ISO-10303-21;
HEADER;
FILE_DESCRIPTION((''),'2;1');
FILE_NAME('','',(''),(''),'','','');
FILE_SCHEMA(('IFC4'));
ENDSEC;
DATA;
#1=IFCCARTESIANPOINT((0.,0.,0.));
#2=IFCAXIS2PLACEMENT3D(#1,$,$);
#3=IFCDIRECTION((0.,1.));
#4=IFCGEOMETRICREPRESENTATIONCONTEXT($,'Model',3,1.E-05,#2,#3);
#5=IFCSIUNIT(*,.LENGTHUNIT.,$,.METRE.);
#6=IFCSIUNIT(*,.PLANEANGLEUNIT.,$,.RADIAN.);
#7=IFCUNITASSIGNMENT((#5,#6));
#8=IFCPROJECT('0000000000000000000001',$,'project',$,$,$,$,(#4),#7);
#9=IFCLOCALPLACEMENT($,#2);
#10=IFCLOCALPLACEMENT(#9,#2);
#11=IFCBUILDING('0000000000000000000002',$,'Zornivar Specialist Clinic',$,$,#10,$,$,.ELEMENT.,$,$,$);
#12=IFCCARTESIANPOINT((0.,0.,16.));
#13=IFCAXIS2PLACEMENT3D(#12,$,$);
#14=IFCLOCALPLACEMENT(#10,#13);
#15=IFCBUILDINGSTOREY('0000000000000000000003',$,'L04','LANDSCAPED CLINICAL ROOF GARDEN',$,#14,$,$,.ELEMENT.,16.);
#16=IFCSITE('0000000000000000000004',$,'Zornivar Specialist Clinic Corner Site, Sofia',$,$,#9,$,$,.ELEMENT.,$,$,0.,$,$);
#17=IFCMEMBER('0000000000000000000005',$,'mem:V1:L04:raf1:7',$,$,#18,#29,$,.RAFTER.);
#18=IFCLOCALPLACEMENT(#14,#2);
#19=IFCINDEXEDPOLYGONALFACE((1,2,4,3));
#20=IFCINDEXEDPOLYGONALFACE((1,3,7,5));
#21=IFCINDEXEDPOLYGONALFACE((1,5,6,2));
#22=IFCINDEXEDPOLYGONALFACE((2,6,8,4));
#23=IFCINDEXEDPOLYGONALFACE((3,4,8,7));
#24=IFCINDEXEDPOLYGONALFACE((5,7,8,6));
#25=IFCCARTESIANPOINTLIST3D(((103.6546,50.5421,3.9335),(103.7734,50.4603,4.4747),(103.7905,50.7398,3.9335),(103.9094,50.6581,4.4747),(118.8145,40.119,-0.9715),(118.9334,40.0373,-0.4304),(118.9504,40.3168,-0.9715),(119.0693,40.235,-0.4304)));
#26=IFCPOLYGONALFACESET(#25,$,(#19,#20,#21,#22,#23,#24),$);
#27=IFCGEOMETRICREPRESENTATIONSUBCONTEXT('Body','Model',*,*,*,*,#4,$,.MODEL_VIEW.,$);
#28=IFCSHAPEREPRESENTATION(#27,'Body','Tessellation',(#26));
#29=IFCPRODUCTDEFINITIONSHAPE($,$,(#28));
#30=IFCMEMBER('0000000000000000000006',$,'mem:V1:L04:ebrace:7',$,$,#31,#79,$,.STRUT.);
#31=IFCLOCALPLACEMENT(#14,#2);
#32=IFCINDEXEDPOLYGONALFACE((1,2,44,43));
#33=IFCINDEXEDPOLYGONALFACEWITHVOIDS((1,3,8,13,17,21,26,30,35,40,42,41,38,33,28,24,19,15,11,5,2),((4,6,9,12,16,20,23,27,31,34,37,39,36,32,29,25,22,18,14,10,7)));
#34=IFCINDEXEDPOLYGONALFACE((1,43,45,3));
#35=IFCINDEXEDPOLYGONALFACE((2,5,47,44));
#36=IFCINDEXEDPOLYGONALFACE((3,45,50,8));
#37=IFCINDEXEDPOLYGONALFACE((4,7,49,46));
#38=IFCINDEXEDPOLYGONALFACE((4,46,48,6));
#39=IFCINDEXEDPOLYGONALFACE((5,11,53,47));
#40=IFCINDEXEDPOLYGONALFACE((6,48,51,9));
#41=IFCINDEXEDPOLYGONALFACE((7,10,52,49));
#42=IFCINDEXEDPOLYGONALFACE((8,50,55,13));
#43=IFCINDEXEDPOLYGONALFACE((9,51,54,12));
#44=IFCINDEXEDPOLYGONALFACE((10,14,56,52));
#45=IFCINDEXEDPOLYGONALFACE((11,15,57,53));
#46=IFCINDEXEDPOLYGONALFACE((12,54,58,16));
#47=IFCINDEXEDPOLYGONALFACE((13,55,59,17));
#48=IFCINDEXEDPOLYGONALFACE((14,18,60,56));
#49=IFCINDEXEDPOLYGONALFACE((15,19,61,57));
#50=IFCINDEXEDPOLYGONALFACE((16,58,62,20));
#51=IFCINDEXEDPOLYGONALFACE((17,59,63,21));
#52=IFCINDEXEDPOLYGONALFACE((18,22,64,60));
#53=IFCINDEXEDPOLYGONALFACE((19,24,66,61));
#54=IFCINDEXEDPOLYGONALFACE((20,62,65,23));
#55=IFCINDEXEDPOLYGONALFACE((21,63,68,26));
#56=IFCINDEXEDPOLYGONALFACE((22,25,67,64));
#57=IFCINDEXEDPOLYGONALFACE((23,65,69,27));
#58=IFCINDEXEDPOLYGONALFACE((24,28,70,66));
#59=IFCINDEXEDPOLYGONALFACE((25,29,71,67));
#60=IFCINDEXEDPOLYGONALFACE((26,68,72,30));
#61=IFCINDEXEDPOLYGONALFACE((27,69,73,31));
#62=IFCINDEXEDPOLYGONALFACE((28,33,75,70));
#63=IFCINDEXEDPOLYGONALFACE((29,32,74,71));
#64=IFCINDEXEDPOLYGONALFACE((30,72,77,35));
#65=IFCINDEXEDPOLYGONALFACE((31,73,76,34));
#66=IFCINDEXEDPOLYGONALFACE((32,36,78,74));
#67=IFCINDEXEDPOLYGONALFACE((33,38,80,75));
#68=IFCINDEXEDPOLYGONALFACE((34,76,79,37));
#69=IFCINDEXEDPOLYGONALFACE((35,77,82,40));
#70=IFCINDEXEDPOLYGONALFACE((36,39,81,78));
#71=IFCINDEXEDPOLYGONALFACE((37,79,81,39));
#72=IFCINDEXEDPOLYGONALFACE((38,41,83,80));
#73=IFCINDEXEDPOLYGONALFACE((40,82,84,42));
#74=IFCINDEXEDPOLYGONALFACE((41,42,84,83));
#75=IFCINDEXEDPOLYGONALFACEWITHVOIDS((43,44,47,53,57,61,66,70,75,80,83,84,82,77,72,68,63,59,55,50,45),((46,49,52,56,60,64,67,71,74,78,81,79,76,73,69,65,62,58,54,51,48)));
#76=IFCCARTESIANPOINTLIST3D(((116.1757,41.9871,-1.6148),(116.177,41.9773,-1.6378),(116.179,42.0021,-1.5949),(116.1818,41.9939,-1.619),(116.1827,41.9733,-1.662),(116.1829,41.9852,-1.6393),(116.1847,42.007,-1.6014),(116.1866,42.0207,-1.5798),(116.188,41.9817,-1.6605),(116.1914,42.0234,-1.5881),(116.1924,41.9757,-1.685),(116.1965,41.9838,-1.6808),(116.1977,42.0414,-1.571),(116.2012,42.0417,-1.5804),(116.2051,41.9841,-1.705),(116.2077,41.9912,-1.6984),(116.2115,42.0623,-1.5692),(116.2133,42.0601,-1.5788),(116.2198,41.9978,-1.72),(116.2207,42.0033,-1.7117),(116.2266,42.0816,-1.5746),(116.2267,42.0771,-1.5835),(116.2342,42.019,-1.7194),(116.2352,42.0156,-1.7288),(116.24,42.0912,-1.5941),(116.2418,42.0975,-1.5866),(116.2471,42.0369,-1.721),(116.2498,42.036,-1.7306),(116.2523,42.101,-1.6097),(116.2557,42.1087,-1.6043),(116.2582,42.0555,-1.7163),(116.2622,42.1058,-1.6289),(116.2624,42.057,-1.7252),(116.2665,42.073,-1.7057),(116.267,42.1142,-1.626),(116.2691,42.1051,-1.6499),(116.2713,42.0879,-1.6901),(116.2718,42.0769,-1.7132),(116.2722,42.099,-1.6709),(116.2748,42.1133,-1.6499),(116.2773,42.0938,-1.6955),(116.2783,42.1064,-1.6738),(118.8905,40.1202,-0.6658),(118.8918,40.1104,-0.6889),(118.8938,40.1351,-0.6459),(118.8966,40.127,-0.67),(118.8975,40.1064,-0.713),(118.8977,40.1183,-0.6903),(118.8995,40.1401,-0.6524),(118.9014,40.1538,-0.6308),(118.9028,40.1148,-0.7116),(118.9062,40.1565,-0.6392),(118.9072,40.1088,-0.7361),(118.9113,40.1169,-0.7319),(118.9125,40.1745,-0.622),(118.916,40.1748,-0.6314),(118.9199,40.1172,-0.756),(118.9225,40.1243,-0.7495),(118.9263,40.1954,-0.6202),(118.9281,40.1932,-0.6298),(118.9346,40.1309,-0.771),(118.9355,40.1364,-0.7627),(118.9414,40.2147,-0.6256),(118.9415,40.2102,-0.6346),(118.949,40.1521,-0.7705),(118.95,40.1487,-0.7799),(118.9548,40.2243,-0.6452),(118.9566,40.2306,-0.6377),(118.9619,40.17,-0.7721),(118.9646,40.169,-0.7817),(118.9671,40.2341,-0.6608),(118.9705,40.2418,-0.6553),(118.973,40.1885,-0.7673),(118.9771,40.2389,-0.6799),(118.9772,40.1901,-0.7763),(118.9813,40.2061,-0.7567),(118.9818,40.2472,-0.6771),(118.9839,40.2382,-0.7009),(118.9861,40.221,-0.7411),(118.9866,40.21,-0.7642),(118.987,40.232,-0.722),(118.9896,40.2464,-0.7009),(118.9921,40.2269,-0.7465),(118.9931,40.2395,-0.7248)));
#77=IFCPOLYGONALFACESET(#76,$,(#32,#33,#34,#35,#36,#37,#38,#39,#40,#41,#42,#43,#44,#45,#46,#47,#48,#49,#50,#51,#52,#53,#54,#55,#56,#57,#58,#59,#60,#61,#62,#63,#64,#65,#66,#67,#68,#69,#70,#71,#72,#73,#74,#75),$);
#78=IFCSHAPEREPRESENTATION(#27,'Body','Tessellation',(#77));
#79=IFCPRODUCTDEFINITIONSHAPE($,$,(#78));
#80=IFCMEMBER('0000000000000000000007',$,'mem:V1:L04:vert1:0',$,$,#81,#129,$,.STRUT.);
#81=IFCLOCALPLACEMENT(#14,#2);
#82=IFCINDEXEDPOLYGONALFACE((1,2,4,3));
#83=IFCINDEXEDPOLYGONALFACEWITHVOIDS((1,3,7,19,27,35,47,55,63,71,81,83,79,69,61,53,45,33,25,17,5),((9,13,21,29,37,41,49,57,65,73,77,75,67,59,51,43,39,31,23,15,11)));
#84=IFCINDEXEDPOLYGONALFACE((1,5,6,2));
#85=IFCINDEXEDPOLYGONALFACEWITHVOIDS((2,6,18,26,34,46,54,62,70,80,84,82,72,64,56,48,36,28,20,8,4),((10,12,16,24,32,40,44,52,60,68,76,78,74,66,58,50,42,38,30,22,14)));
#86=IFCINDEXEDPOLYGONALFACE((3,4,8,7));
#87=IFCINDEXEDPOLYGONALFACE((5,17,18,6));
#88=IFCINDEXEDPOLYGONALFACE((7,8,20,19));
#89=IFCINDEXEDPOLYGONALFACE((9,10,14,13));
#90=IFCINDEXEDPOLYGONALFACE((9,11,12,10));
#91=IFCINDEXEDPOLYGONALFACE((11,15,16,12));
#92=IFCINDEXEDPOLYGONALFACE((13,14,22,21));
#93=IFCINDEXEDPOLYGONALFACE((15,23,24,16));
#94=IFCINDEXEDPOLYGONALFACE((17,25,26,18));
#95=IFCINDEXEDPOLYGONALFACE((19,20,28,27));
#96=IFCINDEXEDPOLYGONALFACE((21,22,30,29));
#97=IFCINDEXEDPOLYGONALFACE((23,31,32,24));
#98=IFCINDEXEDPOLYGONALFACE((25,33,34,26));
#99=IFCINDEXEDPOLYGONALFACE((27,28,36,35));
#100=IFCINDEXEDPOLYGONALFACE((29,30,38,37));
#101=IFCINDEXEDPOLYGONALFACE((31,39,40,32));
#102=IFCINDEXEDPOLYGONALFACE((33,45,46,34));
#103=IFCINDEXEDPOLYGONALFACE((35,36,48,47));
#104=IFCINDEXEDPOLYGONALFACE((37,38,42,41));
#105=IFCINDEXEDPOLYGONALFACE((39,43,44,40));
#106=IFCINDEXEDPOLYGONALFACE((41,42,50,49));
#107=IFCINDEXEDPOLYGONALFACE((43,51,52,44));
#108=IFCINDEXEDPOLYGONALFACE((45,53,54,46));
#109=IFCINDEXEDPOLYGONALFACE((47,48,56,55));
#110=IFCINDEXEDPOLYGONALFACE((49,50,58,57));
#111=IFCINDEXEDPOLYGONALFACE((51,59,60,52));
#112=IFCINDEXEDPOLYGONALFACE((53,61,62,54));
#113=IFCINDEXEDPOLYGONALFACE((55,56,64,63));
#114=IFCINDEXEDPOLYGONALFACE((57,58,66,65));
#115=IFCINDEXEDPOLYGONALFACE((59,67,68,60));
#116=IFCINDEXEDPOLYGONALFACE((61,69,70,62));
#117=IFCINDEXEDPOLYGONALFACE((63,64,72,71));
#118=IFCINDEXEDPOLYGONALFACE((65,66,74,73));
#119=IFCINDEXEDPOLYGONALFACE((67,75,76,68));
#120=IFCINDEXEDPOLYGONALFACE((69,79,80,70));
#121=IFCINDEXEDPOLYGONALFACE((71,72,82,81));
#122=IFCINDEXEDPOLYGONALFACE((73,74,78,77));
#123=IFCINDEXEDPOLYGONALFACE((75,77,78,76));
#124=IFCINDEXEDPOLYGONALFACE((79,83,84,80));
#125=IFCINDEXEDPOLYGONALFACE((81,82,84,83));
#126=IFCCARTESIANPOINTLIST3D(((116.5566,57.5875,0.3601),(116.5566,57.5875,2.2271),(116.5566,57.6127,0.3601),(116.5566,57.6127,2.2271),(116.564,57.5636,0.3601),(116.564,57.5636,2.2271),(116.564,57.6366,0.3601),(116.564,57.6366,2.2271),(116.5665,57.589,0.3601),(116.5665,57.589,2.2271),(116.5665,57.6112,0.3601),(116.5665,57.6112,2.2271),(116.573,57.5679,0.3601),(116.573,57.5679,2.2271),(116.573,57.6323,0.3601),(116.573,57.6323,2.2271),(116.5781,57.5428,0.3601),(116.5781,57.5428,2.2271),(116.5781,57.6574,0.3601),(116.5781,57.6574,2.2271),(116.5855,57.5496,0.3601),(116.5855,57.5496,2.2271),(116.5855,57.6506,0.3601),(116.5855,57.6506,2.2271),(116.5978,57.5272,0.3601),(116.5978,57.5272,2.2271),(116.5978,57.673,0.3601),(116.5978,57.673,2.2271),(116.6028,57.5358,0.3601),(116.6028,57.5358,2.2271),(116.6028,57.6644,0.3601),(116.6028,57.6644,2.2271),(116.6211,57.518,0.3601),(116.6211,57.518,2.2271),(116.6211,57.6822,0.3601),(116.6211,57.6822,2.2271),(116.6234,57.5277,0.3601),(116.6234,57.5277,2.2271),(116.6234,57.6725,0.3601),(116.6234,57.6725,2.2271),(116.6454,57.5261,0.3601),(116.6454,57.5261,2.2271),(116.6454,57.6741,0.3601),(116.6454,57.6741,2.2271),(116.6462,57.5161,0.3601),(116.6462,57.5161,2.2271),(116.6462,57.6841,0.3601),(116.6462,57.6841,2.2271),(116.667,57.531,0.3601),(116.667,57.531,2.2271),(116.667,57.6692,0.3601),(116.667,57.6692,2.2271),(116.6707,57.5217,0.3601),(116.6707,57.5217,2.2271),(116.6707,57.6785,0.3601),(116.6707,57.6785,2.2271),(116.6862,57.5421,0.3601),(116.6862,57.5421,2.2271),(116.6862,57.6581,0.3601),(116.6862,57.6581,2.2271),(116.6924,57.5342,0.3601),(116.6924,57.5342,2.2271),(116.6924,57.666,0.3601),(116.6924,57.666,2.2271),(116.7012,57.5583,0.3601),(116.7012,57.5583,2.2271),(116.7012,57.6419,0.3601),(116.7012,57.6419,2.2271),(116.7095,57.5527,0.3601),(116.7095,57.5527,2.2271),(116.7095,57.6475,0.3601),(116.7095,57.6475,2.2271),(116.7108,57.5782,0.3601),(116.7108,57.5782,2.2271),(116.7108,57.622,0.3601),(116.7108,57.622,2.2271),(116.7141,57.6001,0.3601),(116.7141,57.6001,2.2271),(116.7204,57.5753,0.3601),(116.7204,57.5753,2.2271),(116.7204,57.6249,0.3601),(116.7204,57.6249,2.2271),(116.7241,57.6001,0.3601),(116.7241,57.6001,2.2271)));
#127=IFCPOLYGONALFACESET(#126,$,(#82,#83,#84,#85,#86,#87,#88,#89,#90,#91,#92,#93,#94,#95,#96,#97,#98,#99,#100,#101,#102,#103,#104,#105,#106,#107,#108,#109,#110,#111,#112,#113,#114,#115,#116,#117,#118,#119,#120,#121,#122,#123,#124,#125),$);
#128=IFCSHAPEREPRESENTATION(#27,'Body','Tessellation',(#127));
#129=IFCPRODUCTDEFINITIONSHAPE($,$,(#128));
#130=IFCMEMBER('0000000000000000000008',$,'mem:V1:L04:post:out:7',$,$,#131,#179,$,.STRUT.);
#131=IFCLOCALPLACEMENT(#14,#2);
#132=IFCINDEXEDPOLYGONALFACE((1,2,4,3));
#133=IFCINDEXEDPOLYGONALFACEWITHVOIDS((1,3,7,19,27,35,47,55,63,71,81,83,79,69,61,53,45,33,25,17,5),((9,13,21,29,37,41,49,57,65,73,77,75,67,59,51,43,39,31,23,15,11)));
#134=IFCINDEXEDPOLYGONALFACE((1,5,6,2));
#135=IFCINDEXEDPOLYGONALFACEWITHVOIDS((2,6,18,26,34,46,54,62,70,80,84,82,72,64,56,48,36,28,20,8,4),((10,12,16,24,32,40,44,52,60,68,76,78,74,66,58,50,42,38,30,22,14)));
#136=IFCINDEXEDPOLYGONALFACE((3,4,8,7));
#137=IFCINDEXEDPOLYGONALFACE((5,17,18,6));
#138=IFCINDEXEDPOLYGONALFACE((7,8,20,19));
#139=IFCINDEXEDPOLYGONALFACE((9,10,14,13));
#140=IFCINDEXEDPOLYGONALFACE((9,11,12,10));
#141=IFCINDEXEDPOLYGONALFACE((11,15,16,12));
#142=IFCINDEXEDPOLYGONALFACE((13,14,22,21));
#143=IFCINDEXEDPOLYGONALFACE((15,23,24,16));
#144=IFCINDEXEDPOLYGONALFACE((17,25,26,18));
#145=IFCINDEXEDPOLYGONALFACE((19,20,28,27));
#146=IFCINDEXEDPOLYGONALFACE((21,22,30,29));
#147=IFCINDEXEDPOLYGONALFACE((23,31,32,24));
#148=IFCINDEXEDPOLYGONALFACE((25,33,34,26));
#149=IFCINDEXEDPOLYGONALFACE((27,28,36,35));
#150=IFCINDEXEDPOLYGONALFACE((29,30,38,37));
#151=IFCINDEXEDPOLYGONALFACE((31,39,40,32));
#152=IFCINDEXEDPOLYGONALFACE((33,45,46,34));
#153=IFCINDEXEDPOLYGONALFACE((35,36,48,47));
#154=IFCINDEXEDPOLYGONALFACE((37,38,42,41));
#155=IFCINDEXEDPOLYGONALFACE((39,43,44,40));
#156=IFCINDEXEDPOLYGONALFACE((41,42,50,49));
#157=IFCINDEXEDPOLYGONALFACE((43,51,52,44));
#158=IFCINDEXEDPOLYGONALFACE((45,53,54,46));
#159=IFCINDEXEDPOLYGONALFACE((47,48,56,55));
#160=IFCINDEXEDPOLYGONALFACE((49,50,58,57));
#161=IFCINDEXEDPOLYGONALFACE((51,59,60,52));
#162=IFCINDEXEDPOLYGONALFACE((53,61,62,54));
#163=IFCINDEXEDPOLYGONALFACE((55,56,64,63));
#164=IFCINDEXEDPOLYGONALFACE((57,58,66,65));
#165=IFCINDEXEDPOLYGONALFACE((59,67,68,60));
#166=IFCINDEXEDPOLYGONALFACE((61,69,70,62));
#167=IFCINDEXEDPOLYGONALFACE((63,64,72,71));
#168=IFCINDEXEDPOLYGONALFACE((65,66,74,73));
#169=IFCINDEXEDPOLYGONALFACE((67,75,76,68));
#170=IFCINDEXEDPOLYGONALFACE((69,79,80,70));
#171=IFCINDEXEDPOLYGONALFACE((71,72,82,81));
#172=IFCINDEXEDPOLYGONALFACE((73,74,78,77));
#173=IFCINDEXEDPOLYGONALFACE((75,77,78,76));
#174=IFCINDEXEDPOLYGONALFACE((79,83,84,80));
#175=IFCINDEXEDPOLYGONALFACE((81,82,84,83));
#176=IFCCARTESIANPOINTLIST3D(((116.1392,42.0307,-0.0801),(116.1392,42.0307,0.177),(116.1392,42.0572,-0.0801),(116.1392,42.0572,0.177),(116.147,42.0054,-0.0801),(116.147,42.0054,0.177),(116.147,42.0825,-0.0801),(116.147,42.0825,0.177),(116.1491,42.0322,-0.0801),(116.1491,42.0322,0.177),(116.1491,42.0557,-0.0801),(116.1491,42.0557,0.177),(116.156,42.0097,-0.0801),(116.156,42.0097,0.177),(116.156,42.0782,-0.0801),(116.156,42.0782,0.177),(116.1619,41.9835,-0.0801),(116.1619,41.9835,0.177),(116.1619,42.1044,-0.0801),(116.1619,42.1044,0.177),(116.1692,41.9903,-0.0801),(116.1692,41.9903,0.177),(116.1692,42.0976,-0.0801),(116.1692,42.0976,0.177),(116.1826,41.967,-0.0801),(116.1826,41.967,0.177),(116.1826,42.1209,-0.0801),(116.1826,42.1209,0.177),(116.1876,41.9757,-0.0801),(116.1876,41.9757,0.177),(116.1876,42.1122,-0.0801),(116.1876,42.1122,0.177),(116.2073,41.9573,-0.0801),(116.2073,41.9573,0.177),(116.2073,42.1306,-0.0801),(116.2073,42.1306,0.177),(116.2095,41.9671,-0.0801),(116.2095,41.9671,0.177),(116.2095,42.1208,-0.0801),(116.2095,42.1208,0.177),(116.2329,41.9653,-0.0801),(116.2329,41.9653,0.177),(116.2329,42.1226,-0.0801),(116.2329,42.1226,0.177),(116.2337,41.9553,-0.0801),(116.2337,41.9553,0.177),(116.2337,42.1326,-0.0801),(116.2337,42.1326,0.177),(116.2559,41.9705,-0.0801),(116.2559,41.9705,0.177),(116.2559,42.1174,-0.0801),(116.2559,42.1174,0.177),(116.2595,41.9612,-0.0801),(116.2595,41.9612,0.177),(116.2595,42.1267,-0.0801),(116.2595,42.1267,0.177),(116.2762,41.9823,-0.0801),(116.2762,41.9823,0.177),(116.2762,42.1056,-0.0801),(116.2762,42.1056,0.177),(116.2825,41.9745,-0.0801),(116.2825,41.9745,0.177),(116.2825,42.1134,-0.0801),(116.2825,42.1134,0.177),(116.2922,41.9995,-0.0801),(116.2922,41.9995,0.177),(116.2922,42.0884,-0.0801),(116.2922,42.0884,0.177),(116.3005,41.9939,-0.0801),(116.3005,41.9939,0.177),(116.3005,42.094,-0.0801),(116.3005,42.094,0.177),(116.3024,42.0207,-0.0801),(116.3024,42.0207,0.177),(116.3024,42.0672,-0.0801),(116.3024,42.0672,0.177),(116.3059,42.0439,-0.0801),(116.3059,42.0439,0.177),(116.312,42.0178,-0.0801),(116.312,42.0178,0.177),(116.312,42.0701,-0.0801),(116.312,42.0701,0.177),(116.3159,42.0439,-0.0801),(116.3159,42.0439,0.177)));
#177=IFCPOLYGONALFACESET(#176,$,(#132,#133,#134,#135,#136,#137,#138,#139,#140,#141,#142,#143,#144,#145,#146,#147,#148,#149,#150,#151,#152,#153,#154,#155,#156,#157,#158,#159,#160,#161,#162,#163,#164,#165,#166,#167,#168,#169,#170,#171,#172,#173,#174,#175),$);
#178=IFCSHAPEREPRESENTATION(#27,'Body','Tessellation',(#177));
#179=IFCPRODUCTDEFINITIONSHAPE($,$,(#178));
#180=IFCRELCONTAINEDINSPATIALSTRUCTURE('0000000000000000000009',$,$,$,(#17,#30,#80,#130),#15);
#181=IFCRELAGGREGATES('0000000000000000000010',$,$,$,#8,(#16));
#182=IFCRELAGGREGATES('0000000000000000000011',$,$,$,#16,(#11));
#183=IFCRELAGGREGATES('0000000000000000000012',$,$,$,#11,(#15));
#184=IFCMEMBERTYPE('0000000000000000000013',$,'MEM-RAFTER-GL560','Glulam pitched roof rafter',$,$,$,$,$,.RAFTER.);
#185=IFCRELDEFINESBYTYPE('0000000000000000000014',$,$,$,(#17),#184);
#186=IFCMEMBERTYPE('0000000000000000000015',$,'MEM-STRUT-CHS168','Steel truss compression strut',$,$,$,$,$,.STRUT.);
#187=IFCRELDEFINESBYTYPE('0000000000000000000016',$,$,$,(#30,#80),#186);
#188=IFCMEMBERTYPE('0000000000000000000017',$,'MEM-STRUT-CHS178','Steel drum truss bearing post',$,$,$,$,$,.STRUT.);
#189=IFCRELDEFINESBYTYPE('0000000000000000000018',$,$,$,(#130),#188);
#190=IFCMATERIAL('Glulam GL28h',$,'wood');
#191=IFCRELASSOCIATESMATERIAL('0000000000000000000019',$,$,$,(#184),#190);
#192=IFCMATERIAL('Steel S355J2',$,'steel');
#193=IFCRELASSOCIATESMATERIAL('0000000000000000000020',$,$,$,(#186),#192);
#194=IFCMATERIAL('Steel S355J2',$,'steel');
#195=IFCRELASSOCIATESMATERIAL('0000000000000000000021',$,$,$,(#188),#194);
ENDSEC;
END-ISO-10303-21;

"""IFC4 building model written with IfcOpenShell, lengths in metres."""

from ifc_helpers import new_model, si_unit, direction, frame, origin, origin_2d, place, context, subcontext, project, spatial, rectangle, hollow_circle, extrude, material, material_profile, profile_set, type_object, element, save


model = new_model("IFC4")

# Units and contexts
model_context = context("Model", 3, precision=1e-05, world=origin(), true_north=direction((0.0, 1.0)))
body_context = subcontext(model_context, "Body", "Model", "MODEL_VIEW")
ifc_project = project(units=[si_unit("LENGTHUNIT", "METRE"), si_unit("PLANEANGLEUNIT", "RADIAN")], contexts=[model_context])

# Site, building, storey
site_placement = place(None, origin())
site = spatial("IfcSite", under=ifc_project, at=site_placement, Name="Zornivar Specialist Clinic Corner Site, Sofia", CompositionType="ELEMENT", RefElevation=0.0)
building_placement = place(site_placement, origin())
building = spatial("IfcBuilding", under=site, at=building_placement, Name="Zornivar Specialist Clinic", CompositionType="ELEMENT")
storey_placement = place(building_placement, frame((0.0, 0.0, 16.0)))
storey = spatial("IfcBuildingStorey", under=building, at=storey_placement, Name="L04", Description="LANDSCAPED CLINICAL ROOF GARDEN", CompositionType="ELEMENT", Elevation=16.0)

# Members
ifc_material_1 = material(Name="Glulam GL28h", Category="wood")
ifc_material_profile_1 = material_profile(ifc_material_1, rectangle(XDim=0.24, YDim=0.5601, at=origin_2d()), Name="GL28h 240x560")
ifc_profile_set_1 = profile_set([ifc_material_profile_1], Name="Glulam GL28h")
member_type_1 = type_object("IfcMemberType", Name="MEM-RAFTER-GL560", Description="Glulam pitched roof rafter", PredefinedType="RAFTER", material=ifc_profile_set_1)
member_1_placement = place(storey_placement, frame((118.9419, 40.177, -0.7009), z_axis=(-0.796212, 0.54743, 0.257617), x_axis=(-0.566553, -0.824025, 0.0)))
element("IfcMember", 1, at=member_1_placement, inside=storey, type_object=member_type_1, Name="mem:V1:L04:raf1:7", PredefinedType="RAFTER", context=body_context, shape_type="SweptSolid", body=[
    extrude(rectangle(XDim=0.24, YDim=0.5601, at=origin_2d()), origin(), (0.0, 0.0, 1.0), 19.04),
])
ifc_material_2 = material(Name="Steel S355J2", Category="steel")
ifc_material_profile_2 = material_profile(ifc_material_2, hollow_circle(Radius=0.0842, WallThickness=0.01, at=origin_2d()), Name="CHS 168.3x10")
ifc_profile_set_2 = profile_set([ifc_material_profile_2], Name="Steel S355J2")
member_type_2 = type_object("IfcMemberType", Name="MEM-STRUT-CHS168", Description="Steel truss compression strut", PredefinedType="STRUT", material=ifc_profile_set_2)
member_2_placement = place(storey_placement, frame((116.2271, 42.0439, -1.6499), z_axis=(0.791785, -0.544495, 0.276769), x_axis=(0.566629, 0.823973, 0.0)))
element("IfcMember", 2, at=member_2_placement, inside=storey, type_object=member_type_2, Name="mem:V1:L04:ebrace:7", PredefinedType="STRUT", context=body_context, shape_type="SweptSolid", body=[
    extrude(hollow_circle(Radius=0.0842, WallThickness=0.01, at=origin_2d()), origin(), (0.0, 0.0, 1.0), 3.4287),
])
member_3_placement = place(storey_placement, frame((116.6399, 57.6001, 0.3601), z_axis=(0.0, 0.0, 1.0), x_axis=(1.0, 0.0, 0.0)))
element("IfcMember", 3, at=member_3_placement, inside=storey, type_object=member_type_2, Name="mem:V1:L04:vert1:0", PredefinedType="STRUT", context=body_context, shape_type="SweptSolid", body=[
    extrude(hollow_circle(Radius=0.0842, WallThickness=0.01, at=origin_2d()), origin(), (0.0, 0.0, 1.0), 1.8669),
])
ifc_material_3 = material(Name="Steel S355J2", Category="steel")
ifc_material_profile_3 = material_profile(ifc_material_3, hollow_circle(Radius=0.0889, WallThickness=0.01, at=origin_2d()), Name="CHS 177.8x10")
ifc_profile_set_3 = profile_set([ifc_material_profile_3], Name="Steel S355J2")
member_type_3 = type_object("IfcMemberType", Name="MEM-STRUT-CHS178", Description="Steel drum truss bearing post", PredefinedType="STRUT", material=ifc_profile_set_3)
member_4_placement = place(storey_placement, frame((116.2271, 42.0439, -0.0801), z_axis=(0.0, 0.0, 1.0), x_axis=(1.0, 0.0, 0.0)))
element("IfcMember", 4, at=member_4_placement, inside=storey, type_object=member_type_3, Name="mem:V1:L04:post:out:7", PredefinedType="STRUT", context=body_context, shape_type="SweptSolid", body=[
    extrude(hollow_circle(Radius=0.0889, WallThickness=0.01, at=origin_2d()), origin(), (0.0, 0.0, 1.0), 0.2571),
])

save(model, "model.ifc")
